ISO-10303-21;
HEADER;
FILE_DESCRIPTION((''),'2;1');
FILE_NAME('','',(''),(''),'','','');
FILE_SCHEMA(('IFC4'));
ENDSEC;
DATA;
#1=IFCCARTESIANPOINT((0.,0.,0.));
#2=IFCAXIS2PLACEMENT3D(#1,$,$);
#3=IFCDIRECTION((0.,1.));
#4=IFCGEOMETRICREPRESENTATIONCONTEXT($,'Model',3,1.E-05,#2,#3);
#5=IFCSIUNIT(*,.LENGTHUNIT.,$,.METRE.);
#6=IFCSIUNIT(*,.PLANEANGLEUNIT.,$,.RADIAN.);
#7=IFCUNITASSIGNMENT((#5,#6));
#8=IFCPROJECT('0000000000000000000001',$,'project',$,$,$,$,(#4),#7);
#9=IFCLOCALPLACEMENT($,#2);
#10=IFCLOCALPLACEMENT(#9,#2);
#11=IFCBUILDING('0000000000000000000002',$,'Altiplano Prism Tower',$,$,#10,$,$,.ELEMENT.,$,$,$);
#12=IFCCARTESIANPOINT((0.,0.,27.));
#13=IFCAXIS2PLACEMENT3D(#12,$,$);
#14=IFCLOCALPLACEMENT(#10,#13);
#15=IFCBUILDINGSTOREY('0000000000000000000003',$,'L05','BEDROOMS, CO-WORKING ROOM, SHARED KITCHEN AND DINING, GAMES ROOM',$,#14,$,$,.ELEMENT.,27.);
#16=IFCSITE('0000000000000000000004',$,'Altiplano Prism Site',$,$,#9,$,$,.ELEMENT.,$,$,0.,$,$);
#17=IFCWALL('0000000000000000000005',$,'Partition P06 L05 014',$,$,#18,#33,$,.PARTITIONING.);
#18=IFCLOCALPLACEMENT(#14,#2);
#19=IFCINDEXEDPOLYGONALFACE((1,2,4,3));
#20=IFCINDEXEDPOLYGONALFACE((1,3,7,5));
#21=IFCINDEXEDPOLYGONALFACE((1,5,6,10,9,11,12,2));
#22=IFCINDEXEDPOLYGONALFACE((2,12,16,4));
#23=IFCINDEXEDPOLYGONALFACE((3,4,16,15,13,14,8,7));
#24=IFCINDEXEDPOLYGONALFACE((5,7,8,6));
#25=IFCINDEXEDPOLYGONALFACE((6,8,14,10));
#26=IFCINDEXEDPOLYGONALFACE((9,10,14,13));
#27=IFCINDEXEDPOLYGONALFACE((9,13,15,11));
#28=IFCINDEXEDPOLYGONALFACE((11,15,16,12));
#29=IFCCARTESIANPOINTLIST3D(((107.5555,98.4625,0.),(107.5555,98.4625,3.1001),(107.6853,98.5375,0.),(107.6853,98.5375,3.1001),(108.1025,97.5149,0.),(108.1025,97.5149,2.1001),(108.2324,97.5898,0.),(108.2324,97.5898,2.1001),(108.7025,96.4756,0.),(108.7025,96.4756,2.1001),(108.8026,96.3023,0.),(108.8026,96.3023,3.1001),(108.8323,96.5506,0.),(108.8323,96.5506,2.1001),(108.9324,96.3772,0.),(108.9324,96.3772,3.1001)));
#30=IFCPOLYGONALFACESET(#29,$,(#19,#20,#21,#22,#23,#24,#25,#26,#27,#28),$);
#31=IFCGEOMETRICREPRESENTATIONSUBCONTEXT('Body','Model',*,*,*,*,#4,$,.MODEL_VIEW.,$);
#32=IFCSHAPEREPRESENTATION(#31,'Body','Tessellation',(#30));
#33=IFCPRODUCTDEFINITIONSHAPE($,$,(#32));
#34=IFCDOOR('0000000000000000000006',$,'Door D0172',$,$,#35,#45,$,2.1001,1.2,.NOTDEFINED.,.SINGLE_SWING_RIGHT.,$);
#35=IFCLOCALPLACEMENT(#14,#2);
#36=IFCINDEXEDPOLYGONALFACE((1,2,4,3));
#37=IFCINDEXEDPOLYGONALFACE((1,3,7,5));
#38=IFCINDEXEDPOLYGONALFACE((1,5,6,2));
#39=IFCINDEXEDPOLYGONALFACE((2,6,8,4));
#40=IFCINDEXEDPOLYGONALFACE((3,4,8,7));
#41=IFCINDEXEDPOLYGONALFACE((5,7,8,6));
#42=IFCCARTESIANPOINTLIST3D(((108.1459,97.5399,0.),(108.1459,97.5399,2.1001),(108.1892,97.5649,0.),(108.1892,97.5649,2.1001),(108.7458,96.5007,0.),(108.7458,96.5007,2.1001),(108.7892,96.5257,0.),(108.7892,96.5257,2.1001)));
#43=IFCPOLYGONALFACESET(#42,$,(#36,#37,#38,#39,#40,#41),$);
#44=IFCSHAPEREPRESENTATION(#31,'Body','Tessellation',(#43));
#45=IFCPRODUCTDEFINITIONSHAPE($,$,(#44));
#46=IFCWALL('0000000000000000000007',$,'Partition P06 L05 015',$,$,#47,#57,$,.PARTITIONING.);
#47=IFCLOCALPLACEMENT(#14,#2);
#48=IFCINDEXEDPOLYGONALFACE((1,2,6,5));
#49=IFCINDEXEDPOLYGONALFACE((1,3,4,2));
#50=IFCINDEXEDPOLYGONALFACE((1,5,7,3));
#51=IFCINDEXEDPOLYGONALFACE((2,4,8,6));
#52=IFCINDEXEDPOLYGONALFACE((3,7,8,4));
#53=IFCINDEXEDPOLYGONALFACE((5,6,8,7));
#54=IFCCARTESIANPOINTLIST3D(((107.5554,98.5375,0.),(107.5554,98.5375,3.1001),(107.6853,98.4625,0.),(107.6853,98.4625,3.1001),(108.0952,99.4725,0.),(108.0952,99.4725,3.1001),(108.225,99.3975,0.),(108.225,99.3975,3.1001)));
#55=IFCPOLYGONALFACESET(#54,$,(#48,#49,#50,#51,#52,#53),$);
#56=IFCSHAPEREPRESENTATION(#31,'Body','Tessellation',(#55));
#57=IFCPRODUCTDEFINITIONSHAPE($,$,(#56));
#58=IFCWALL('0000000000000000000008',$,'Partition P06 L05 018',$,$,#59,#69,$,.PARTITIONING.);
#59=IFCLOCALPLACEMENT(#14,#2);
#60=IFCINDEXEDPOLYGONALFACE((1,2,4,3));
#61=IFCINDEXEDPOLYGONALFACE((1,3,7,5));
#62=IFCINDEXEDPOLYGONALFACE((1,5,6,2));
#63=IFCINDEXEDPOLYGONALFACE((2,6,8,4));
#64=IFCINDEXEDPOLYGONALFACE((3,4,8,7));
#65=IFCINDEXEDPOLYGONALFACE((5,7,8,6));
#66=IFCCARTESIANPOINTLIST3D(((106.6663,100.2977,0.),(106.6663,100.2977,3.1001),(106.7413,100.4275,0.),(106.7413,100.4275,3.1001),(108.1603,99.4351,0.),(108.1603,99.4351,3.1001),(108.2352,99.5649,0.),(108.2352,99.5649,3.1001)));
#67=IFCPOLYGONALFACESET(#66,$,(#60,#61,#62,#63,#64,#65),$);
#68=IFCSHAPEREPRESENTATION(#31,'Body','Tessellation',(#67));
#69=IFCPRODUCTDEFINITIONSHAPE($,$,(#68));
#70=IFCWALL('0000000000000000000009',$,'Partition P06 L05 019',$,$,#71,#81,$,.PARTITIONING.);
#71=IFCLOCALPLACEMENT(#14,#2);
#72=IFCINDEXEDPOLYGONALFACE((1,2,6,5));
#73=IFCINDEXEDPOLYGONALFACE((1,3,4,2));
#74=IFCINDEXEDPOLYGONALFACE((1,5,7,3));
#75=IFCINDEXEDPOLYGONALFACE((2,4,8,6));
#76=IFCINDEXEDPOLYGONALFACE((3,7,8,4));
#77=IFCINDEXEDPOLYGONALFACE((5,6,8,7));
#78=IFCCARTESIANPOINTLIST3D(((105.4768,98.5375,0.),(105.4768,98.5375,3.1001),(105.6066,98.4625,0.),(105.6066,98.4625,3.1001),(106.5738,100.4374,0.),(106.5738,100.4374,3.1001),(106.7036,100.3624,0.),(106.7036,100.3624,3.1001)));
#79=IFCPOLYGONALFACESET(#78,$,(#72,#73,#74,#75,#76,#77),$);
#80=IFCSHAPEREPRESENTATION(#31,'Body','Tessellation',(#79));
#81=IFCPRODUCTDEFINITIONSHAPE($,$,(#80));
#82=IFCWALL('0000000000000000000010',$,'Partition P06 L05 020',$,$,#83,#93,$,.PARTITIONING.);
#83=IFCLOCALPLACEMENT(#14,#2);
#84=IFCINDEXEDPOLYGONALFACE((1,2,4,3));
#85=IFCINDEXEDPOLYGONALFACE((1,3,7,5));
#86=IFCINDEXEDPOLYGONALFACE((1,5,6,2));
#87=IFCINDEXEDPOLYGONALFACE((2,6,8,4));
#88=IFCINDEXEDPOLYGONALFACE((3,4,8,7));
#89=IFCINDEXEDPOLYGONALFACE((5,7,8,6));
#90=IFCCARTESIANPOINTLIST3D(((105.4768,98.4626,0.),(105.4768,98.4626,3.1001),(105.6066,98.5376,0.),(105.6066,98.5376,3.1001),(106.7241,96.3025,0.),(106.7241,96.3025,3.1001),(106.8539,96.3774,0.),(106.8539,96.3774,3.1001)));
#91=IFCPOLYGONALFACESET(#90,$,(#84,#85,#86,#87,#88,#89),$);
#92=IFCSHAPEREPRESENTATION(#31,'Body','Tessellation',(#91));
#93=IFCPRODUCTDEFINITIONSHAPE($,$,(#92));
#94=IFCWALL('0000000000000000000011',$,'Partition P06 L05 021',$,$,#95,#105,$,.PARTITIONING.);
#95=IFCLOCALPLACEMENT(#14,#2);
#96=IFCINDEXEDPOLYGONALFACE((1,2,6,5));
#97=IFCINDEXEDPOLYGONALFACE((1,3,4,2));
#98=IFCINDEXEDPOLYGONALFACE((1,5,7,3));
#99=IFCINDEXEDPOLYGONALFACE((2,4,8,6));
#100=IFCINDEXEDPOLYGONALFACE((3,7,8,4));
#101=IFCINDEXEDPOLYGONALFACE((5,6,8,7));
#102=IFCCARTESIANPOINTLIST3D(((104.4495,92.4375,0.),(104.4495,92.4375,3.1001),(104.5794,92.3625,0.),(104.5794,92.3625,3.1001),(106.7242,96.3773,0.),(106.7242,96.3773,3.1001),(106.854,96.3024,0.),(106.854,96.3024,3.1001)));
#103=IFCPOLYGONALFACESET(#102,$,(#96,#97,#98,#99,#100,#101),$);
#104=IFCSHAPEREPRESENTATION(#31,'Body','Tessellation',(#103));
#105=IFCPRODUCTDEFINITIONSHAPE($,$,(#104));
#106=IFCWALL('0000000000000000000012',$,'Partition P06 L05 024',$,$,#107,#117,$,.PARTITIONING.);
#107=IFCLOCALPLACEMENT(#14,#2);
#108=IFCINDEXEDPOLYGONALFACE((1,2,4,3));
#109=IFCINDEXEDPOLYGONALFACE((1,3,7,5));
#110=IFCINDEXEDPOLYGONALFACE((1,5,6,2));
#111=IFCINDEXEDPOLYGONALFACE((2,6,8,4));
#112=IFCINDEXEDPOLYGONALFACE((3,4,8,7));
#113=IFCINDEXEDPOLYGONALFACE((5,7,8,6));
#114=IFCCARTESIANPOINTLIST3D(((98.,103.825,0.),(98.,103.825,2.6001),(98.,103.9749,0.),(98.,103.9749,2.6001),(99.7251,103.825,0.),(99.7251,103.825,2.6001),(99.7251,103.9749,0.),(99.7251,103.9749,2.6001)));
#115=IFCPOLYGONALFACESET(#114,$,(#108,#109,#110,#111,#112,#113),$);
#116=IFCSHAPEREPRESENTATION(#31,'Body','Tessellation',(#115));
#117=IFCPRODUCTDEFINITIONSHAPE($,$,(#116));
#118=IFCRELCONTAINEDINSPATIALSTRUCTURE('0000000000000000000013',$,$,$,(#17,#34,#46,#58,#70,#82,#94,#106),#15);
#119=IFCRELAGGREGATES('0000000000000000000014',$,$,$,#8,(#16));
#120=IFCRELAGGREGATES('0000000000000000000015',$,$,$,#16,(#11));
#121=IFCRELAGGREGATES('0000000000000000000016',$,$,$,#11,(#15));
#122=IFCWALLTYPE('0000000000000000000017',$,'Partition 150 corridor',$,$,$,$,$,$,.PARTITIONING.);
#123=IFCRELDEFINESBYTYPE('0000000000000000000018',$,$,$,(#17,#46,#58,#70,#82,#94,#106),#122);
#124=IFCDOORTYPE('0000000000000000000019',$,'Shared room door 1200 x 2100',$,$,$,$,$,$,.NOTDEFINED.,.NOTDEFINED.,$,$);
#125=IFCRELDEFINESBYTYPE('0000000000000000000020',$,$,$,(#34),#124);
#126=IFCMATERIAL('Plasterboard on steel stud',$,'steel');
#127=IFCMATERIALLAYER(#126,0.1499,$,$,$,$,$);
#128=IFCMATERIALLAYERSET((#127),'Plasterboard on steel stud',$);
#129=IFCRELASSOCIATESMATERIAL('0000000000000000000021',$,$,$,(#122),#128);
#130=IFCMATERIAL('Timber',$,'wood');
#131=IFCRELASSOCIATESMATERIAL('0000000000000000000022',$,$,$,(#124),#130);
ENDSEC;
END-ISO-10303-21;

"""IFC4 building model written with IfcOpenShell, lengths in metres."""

from ifc_helpers import new_model, si_unit, direction, frame, frame_2d, origin, place, context, subcontext, project, spatial, rectangle, extrude, material, layer, layer_set, type_object, element, fill, save


model = new_model("IFC4")

# Units and contexts
model_context = context("Model", 3, precision=1e-05, world=origin(), true_north=direction((0.0, 1.0)))
body_context = subcontext(model_context, "Body", "Model", "MODEL_VIEW")
ifc_project = project(units=[si_unit("LENGTHUNIT", "METRE"), si_unit("PLANEANGLEUNIT", "RADIAN")], contexts=[model_context])

# Site, building, storey
site_placement = place(None, origin())
site = spatial("IfcSite", under=ifc_project, at=site_placement, Name="Altiplano Prism Site", CompositionType="ELEMENT", RefElevation=0.0)
building_placement = place(site_placement, origin())
building = spatial("IfcBuilding", under=site, at=building_placement, Name="Altiplano Prism Tower", CompositionType="ELEMENT")
storey_placement = place(building_placement, frame((0.0, 0.0, 27.0)))
storey = spatial("IfcBuildingStorey", under=building, at=storey_placement, Name="L05", Description="BEDROOMS, CO-WORKING ROOM, SHARED KITCHEN AND DINING, GAMES ROOM", CompositionType="ELEMENT", Elevation=27.0)

# Shared definitions
ifc_material_1 = material(Name="Plasterboard on steel stud", Category="steel")

# Wall, opening, door
ifc_layer_1 = layer(ifc_material_1, 0.1499)
ifc_layer_set_1 = layer_set([ifc_layer_1], Name="Plasterboard on steel stud")
wall_type_1 = type_object("IfcWallType", Name="Partition 150 corridor", PredefinedType="PARTITIONING", material=ifc_layer_set_1)
wall_1_placement = place(storey_placement, frame((108.8674, 96.3398, 0.0), z_axis=(0.0, 0.0, 1.0), x_axis=(-0.499971, 0.866042, 0.0)))
wall_1 = element("IfcWall", 1, at=wall_1_placement, inside=storey, type_object=wall_type_1, Name="Partition P06 L05 014", PredefinedType="PARTITIONING", context=body_context, shape_type="SweptSolid", body=[
    extrude(rectangle(XDim=2.4944, YDim=0.1499, at=frame_2d((1.2471, 0.0))), origin(), (0.0, 0.0, 1.0), 3.1001),
])
opening_placement = place(wall_1_placement, frame((0.2, 0.0, 0.0)))
opening = element("IfcOpeningElement", 2, at=opening_placement, cuts=wall_1, PredefinedType="OPENING", context=body_context, shape_type="SweptSolid", body=[
    extrude(rectangle(XDim=1.2, YDim=2.1001, at=frame_2d((0.6001, 1.05))), frame((0.0, 0.0854, 0.0), z_axis=(0.0, -1.0, 0.0), x_axis=(1.0, 0.0, 0.0)), (0.0, 0.0, 1.0), 0.1709),
])
ifc_material_2 = material(Name="Timber", Category="wood")
door_type = type_object("IfcDoorType", Name="Shared room door 1200 x 2100", OperationType="NOTDEFINED", PredefinedType="NOTDEFINED", material=ifc_material_2)
door_placement = place(opening_placement, origin())
door = element("IfcDoor", 3, at=door_placement, inside=storey, type_object=door_type, Name="Door D0172", OperationType="SINGLE_SWING_RIGHT", OverallHeight=2.1001, OverallWidth=1.2, PredefinedType="NOTDEFINED", context=body_context, shape_type="SweptSolid", body=[
    extrude(rectangle(XDim=1.2, YDim=2.1001, at=frame_2d((0.6001, 1.05))), frame((0.0, 0.0249, 0.0), z_axis=(0.0, -1.0, 0.0), x_axis=(1.0, 0.0, 0.0)), (0.0, 0.0, 1.0), 0.05),
])
fill(opening, door)

# Walls
wall_2_placement = place(storey_placement, frame((107.6204, 98.5, 0.0), z_axis=(0.0, 0.0, 1.0), x_axis=(0.499957, 0.86605, 0.0)))
element("IfcWall", 4, at=wall_2_placement, inside=storey, type_object=wall_type_1, Name="Partition P06 L05 015", PredefinedType="PARTITIONING", context=body_context, shape_type="SweptSolid", body=[
    extrude(rectangle(XDim=1.0796, YDim=0.1499, at=frame_2d((0.5398, 0.0))), origin(), (0.0, 0.0, 1.0), 3.1001),
])
wall_3_placement = place(storey_placement, frame((108.1978, 99.5, 0.0), z_axis=(0.0, 0.0, 1.0), x_axis=(-0.866014, 0.500021, 0.0)))
element("IfcWall", 5, at=wall_3_placement, inside=storey, type_object=wall_type_1, Name="Partition P06 L05 018", PredefinedType="PARTITIONING", context=body_context, shape_type="SweptSolid", body=[
    extrude(rectangle(XDim=1.7251, YDim=0.1499, at=frame_2d((0.8625, 0.0))), origin(), (0.0, 0.0, 1.0), 3.1001),
])
wall_4_placement = place(storey_placement, frame((106.6387, 100.3999, 0.0), z_axis=(0.0, 0.0, 1.0), x_axis=(-0.500005, -0.866023, 0.0)))
element("IfcWall", 6, at=wall_4_placement, inside=storey, type_object=wall_type_1, Name="Partition P06 L05 019", PredefinedType="PARTITIONING", context=body_context, shape_type="SweptSolid", body=[
    extrude(rectangle(XDim=2.1938, YDim=0.1499, at=frame_2d((1.0969, 0.0))), origin(), (0.0, 0.0, 1.0), 3.1001),
])
wall_5_placement = place(storey_placement, frame((105.5417, 98.5, 0.0), z_axis=(0.0, 0.0, 1.0), x_axis=(0.500044, -0.866, 0.0)))
element("IfcWall", 7, at=wall_5_placement, inside=storey, type_object=wall_type_1, Name="Partition P06 L05 020", PredefinedType="PARTITIONING", context=body_context, shape_type="SweptSolid", body=[
    extrude(rectangle(XDim=2.4944, YDim=0.1499, at=frame_2d((1.2471, 0.0))), origin(), (0.0, 0.0, 1.0), 3.1001),
])
wall_6_placement = place(storey_placement, frame((106.7891, 96.3398, 0.0), z_axis=(0.0, 0.0, 1.0), x_axis=(-0.499989, -0.866032, 0.0)))
element("IfcWall", 8, at=wall_6_placement, inside=storey, type_object=wall_type_1, Name="Partition P06 L05 021", PredefinedType="PARTITIONING", context=body_context, shape_type="SweptSolid", body=[
    extrude(rectangle(XDim=4.5493, YDim=0.1499, at=frame_2d((2.2747, 0.0))), origin(), (0.0, 0.0, 1.0), 3.1001),
])
wall_7_placement = place(storey_placement, frame((99.7251, 103.8999, 0.0), z_axis=(0.0, 0.0, 1.0), x_axis=(-1.0, 0.0, 0.0)))
element("IfcWall", 9, at=wall_7_placement, inside=storey, type_object=wall_type_1, Name="Partition P06 L05 024", PredefinedType="PARTITIONING", context=body_context, shape_type="SweptSolid", body=[
    extrude(rectangle(XDim=1.7251, YDim=0.1499, at=frame_2d((0.8625, 0.0))), origin(), (0.0, 0.0, 1.0), 2.6001),
])

save(model, "model.ifc")
